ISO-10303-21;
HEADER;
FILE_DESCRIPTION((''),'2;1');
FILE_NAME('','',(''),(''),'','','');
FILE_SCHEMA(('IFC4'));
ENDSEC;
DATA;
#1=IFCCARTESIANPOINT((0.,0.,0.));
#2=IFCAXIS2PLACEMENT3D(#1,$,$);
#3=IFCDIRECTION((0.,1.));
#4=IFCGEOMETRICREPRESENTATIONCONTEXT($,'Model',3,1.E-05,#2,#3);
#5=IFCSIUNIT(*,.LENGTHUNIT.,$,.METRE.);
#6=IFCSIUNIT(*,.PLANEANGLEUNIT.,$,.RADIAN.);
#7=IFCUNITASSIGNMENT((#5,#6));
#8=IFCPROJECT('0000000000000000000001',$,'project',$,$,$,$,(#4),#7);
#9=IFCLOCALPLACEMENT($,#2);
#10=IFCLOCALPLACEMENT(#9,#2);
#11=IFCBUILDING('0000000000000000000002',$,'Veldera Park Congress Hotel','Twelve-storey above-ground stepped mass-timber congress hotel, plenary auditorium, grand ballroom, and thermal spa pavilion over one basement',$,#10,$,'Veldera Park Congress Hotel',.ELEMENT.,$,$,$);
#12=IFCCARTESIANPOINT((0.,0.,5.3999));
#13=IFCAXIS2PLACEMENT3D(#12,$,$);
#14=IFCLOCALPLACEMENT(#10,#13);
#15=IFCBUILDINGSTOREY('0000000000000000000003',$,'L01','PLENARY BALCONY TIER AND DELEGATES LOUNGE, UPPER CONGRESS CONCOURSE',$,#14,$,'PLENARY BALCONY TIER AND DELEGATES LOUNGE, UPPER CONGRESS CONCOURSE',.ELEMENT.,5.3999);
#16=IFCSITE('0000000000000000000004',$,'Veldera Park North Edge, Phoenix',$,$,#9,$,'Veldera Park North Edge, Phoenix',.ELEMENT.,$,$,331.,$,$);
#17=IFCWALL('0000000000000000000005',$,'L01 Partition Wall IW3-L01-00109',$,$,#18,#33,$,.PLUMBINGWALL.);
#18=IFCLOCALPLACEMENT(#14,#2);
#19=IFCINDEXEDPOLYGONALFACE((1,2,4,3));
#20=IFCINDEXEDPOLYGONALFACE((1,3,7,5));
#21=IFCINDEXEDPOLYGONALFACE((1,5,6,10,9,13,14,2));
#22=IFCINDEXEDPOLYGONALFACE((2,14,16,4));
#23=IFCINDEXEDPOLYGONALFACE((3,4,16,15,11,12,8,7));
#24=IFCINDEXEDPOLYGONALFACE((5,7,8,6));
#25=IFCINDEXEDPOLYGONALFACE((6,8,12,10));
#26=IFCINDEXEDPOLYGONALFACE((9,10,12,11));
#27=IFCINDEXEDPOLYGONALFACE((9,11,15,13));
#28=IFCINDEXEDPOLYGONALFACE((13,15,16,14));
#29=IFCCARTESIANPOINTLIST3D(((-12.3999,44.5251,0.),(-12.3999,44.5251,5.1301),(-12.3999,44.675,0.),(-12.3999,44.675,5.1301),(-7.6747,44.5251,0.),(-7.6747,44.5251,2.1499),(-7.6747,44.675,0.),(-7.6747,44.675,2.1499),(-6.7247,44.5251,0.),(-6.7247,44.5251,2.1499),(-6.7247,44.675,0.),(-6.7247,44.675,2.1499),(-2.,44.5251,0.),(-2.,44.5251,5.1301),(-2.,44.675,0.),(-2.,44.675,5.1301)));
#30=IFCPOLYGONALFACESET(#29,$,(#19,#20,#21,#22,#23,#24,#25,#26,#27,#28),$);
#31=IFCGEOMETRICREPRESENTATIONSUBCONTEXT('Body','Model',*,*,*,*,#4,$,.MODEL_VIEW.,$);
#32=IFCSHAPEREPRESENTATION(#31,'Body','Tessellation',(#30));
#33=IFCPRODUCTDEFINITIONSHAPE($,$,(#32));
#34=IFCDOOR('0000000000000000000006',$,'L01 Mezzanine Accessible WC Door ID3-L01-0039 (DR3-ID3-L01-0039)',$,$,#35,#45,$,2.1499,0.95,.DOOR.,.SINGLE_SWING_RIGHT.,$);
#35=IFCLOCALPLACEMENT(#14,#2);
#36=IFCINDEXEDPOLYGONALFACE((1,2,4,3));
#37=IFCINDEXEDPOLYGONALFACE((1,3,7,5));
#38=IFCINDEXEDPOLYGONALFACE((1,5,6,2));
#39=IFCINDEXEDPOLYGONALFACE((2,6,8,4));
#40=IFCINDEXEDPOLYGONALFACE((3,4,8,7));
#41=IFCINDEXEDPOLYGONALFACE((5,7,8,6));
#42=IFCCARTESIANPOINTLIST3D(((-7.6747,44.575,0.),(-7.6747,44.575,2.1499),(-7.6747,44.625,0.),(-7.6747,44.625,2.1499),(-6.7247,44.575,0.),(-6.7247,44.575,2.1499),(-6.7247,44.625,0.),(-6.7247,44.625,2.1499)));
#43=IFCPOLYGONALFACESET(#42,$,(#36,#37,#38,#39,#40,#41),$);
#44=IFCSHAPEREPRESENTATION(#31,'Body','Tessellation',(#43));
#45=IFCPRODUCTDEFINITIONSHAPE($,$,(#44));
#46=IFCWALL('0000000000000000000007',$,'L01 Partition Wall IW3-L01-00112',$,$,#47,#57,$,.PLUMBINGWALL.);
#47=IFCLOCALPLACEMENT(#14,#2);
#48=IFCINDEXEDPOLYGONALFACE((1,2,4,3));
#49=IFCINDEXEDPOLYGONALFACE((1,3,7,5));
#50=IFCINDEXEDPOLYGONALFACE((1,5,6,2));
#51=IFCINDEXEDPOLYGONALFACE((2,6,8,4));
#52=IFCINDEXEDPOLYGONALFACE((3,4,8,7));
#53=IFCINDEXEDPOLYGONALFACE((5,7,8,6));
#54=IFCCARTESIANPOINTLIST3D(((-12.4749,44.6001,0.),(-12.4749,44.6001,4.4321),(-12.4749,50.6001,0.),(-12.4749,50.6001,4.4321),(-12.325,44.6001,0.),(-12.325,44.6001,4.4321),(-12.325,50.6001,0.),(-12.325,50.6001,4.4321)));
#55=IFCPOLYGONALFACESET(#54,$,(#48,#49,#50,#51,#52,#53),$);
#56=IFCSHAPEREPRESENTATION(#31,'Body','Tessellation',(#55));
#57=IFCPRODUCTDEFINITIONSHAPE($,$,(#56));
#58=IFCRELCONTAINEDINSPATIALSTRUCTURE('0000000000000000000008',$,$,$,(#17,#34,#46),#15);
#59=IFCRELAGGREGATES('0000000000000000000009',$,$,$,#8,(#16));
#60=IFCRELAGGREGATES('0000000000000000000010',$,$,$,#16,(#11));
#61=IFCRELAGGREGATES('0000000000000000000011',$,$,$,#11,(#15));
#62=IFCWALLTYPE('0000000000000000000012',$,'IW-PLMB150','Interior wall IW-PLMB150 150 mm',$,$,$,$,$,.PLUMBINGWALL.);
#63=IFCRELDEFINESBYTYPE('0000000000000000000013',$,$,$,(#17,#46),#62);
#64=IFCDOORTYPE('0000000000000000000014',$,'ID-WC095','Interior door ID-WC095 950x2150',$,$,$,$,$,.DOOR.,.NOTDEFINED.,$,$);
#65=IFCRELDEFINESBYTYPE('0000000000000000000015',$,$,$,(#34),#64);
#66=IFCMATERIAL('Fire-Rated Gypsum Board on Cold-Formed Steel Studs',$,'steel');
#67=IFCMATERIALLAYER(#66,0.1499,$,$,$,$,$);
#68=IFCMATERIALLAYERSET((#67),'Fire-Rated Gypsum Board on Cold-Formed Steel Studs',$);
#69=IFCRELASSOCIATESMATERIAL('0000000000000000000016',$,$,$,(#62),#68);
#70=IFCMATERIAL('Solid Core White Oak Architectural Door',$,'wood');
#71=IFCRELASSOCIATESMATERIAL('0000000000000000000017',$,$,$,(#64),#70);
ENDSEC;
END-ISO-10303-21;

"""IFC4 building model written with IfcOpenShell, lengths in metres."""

from ifc_helpers import new_model, si_unit, direction, frame, frame_2d, origin, place, context, subcontext, project, spatial, rectangle, extrude, material, layer, layer_set, type_object, element, fill, save


model = new_model("IFC4")

# Units and contexts
model_context = context("Model", 3, precision=1e-05, world=origin(), true_north=direction((0.0, 1.0)))
body_context = subcontext(model_context, "Body", "Model", "MODEL_VIEW")
ifc_project = project(units=[si_unit("LENGTHUNIT", "METRE"), si_unit("PLANEANGLEUNIT", "RADIAN")], contexts=[model_context])

# Site, building, storey
site_placement = place(None, origin())
site = spatial("IfcSite", under=ifc_project, at=site_placement, Name="Veldera Park North Edge, Phoenix", LongName="Veldera Park North Edge, Phoenix", CompositionType="ELEMENT", RefElevation=331.0)
building_placement = place(site_placement, origin())
building = spatial("IfcBuilding", under=site, at=building_placement, Name="Veldera Park Congress Hotel", Description="Twelve-storey above-ground stepped mass-timber congress hotel, plenary auditorium, grand ballroom, and thermal spa pavilion over one basement", LongName="Veldera Park Congress Hotel", CompositionType="ELEMENT")
storey_placement = place(building_placement, frame((0.0, 0.0, 5.3999)))
storey = spatial("IfcBuildingStorey", under=building, at=storey_placement, Name="L01", Description="PLENARY BALCONY TIER AND DELEGATES LOUNGE, UPPER CONGRESS CONCOURSE", LongName="PLENARY BALCONY TIER AND DELEGATES LOUNGE, UPPER CONGRESS CONCOURSE", CompositionType="ELEMENT", Elevation=5.3999)

# Shared definitions
ifc_material_1 = material(Name="Fire-Rated Gypsum Board on Cold-Formed Steel Studs", Category="steel")
ifc_layer_1 = layer(ifc_material_1, 0.1499)
ifc_layer_set_1 = layer_set([ifc_layer_1], Name="Fire-Rated Gypsum Board on Cold-Formed Steel Studs")
wall_type_1 = type_object("IfcWallType", Name="IW-PLMB150", Description="Interior wall IW-PLMB150 150 mm", PredefinedType="PLUMBINGWALL", material=ifc_layer_set_1)

# Wall, opening, door
wall_1_placement = place(storey_placement, frame((-12.3999, 44.6001, 0.0), z_axis=(0.0, 0.0, 1.0), x_axis=(1.0, 0.0, 0.0)))
wall_1 = element("IfcWall", 1, at=wall_1_placement, inside=storey, type_object=wall_type_1, Name="L01 Partition Wall IW3-L01-00109", PredefinedType="PLUMBINGWALL", context=body_context, shape_type="SweptSolid", body=[
    extrude(rectangle(XDim=10.3999, YDim=0.1499, at=frame_2d((5.2, 0.0))), origin(), (0.0, 0.0, 1.0), 5.1301),
])
opening_1_placement = place(wall_1_placement, frame((4.7251, 0.0, 0.0)))
opening_1 = element("IfcOpeningElement", 2, at=opening_1_placement, cuts=wall_1, PredefinedType="OPENING", context=body_context, shape_type="SweptSolid", body=[
    extrude(rectangle(XDim=0.95, YDim=2.1499, at=frame_2d((0.4751, 1.075))), frame((0.0, 0.0869, 0.0), z_axis=(0.0, -1.0, 0.0), x_axis=(1.0, 0.0, 0.0)), (0.0, 0.0, 1.0), 0.1738),
])
ifc_material_2 = material(Name="Solid Core White Oak Architectural Door", Category="wood")
door_type = type_object("IfcDoorType", Name="ID-WC095", Description="Interior door ID-WC095 950x2150", OperationType="NOTDEFINED", PredefinedType="DOOR", material=ifc_material_2)
door_placement = place(opening_1_placement, origin())
door = element("IfcDoor", 3, at=door_placement, inside=storey, type_object=door_type, Name="L01 Mezzanine Accessible WC Door ID3-L01-0039 (DR3-ID3-L01-0039)", OperationType="SINGLE_SWING_RIGHT", OverallHeight=2.1499, OverallWidth=0.95, PredefinedType="DOOR", context=body_context, shape_type="SweptSolid", body=[
    extrude(rectangle(XDim=0.95, YDim=2.1499, at=frame_2d((0.4751, 1.075))), frame((0.0, 0.0249, 0.0), z_axis=(0.0, -1.0, 0.0), x_axis=(1.0, 0.0, 0.0)), (0.0, 0.0, 1.0), 0.05),
])
fill(opening_1, door)

# Wall
wall_2_placement = place(storey_placement, frame((-12.3999, 50.6001, 0.0), z_axis=(0.0, 0.0, 1.0), x_axis=(0.0, -1.0, 0.0)))
element("IfcWall", 4, at=wall_2_placement, inside=storey, type_object=wall_type_1, Name="L01 Partition Wall IW3-L01-00112", PredefinedType="PLUMBINGWALL", context=body_context, shape_type="SweptSolid", body=[
    extrude(rectangle(XDim=6.0, YDim=0.1499, at=frame_2d((3.0, 0.0))), origin(), (0.0, 0.0, 1.0), 4.4321),
])

save(model, "model.ifc")
